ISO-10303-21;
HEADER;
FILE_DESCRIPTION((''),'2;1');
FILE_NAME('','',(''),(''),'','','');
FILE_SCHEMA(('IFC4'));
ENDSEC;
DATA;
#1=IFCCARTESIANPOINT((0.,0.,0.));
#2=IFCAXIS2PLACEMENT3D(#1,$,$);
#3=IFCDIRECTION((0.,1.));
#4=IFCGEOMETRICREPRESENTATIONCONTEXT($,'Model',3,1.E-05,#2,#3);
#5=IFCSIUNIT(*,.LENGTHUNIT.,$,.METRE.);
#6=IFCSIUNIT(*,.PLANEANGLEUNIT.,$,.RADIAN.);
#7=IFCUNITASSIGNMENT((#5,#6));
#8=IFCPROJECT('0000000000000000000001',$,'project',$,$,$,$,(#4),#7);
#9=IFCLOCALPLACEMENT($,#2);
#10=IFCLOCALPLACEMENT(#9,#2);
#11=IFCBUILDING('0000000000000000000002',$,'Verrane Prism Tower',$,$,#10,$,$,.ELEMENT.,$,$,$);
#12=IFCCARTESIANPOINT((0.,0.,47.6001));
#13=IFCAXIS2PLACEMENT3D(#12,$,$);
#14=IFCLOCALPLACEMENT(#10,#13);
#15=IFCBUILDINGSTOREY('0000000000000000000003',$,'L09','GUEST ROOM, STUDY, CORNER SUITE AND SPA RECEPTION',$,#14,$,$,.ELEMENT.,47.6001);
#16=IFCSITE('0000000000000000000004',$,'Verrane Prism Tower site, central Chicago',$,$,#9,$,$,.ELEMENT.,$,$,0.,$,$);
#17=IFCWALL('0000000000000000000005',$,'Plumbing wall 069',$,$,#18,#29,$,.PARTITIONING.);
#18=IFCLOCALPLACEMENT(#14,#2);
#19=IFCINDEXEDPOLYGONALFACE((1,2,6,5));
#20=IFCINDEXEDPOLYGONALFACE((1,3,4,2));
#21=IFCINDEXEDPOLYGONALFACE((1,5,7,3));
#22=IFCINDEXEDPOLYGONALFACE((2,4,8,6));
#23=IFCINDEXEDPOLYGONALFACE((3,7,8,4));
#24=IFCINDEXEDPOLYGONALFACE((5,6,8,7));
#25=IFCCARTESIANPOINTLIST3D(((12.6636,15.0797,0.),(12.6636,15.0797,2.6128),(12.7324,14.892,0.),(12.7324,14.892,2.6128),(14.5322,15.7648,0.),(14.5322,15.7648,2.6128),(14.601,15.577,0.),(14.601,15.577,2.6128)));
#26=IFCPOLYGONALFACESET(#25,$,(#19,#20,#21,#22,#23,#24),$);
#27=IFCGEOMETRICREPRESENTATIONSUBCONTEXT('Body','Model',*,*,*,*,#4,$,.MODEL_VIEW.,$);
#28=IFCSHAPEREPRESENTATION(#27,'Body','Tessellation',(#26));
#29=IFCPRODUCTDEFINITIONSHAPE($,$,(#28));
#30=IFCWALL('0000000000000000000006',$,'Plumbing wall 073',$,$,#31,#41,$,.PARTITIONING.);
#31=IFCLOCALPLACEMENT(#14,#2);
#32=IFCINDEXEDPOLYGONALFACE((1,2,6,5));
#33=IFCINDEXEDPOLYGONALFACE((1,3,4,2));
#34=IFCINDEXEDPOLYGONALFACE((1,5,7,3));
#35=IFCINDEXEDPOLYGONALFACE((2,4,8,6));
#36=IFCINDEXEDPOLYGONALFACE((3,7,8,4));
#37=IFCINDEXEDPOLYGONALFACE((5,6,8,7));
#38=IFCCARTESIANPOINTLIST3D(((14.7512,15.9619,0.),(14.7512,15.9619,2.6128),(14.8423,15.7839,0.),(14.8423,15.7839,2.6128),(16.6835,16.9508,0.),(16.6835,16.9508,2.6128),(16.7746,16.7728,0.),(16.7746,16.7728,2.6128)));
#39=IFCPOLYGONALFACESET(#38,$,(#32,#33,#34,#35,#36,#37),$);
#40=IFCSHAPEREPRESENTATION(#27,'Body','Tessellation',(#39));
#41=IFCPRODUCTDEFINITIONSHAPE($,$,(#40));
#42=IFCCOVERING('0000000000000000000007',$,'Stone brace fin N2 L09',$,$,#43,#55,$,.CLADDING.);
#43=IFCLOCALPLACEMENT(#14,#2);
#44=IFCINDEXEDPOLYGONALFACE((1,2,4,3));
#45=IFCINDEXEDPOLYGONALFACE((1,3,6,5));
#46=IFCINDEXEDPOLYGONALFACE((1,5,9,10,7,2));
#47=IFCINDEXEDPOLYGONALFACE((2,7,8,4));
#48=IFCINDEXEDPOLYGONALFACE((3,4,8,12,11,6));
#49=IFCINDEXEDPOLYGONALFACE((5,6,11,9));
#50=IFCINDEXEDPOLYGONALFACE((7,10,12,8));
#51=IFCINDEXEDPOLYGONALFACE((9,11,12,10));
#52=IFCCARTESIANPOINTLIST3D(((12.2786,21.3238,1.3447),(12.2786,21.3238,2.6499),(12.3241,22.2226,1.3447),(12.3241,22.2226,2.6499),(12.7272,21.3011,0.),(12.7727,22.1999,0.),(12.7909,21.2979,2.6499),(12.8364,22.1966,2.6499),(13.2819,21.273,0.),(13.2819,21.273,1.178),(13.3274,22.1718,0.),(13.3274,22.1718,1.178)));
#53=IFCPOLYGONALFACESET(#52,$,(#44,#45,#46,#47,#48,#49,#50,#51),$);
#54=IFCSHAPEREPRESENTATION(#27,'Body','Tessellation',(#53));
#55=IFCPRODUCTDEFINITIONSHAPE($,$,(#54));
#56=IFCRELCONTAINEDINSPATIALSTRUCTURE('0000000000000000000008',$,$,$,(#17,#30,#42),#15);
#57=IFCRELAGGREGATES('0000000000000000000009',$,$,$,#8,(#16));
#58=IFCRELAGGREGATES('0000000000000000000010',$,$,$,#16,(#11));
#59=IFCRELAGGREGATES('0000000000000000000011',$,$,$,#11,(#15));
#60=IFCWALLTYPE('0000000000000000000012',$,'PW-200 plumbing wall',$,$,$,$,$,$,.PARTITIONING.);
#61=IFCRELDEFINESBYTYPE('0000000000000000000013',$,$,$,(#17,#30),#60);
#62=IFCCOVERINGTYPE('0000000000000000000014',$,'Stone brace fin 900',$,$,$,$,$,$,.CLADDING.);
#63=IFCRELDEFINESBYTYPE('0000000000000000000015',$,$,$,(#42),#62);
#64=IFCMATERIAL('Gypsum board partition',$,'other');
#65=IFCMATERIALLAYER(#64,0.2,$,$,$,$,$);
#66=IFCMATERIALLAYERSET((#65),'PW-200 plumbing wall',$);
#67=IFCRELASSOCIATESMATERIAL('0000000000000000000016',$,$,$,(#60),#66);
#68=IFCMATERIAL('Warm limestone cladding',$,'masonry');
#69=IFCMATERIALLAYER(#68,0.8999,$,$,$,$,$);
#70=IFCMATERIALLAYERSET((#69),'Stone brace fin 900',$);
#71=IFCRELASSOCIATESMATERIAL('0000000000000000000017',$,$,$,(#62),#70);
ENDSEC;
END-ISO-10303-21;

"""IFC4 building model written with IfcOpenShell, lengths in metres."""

from ifc_helpers import new_model, si_unit, direction, frame, frame_2d, origin, place, context, subcontext, project, spatial, polyline, rectangle, outline, extrude, material, layer, layer_set, type_object, element, save


model = new_model("IFC4")

# Units and contexts
model_context = context("Model", 3, precision=1e-05, world=origin(), true_north=direction((0.0, 1.0)))
body_context = subcontext(model_context, "Body", "Model", "MODEL_VIEW")
ifc_project = project(units=[si_unit("LENGTHUNIT", "METRE"), si_unit("PLANEANGLEUNIT", "RADIAN")], contexts=[model_context])

# Site, building, storey
site_placement = place(None, origin())
site = spatial("IfcSite", under=ifc_project, at=site_placement, Name="Verrane Prism Tower site, central Chicago", CompositionType="ELEMENT", RefElevation=0.0)
building_placement = place(site_placement, origin())
building = spatial("IfcBuilding", under=site, at=building_placement, Name="Verrane Prism Tower", CompositionType="ELEMENT")
storey_placement = place(building_placement, frame((0.0, 0.0, 47.6001)))
storey = spatial("IfcBuildingStorey", under=building, at=storey_placement, Name="L09", Description="GUEST ROOM, STUDY, CORNER SUITE AND SPA RECEPTION", CompositionType="ELEMENT", Elevation=47.6001)

# Shared definitions
ifc_material_1 = material(Name="Gypsum board partition", Category="other")
ifc_layer_1 = layer(ifc_material_1, 0.2)
ifc_layer_set_1 = layer_set([ifc_layer_1], Name="PW-200 plumbing wall")
wall_type_1 = type_object("IfcWallType", Name="PW-200 plumbing wall", PredefinedType="PARTITIONING", material=ifc_layer_set_1)

# Walls
wall_1_placement = place(storey_placement, frame((12.698, 14.9858, 0.0), z_axis=(0.0, 0.0, 1.0), x_axis=(0.938895, 0.344204, 0.0)))
element("IfcWall", 1, at=wall_1_placement, inside=storey, type_object=wall_type_1, Name="Plumbing wall 069", PredefinedType="PARTITIONING", context=body_context, shape_type="SweptSolid", body=[
    extrude(rectangle(XDim=1.9902, YDim=0.2, at=frame_2d((0.9951, 0.0))), origin(), (0.0, 0.0, 1.0), 2.6128),
])
wall_2_placement = place(storey_placement, frame((14.7966, 15.8728, 0.0), z_axis=(0.0, 0.0, 1.0), x_axis=(0.890181, 0.455606, 0.0)))
element("IfcWall", 2, at=wall_2_placement, inside=storey, type_object=wall_type_1, Name="Plumbing wall 073", PredefinedType="PARTITIONING", context=body_context, shape_type="SweptSolid", body=[
    extrude(rectangle(XDim=2.1707, YDim=0.2, at=frame_2d((1.0854, 0.0))), origin(), (0.0, 0.0, 1.0), 2.6128),
])

# Covering
ifc_material_2 = material(Name="Warm limestone cladding", Category="masonry")
ifc_layer_2 = layer(ifc_material_2, 0.8999)
ifc_layer_set_2 = layer_set([ifc_layer_2], Name="Stone brace fin 900")
covering_type = type_object("IfcCoveringType", Name="Stone brace fin 900", PredefinedType="CLADDING", material=ifc_layer_set_2)
covering_placement = place(storey_placement, frame((13.3047, 21.7224, 0.0), z_axis=(0.0, 0.0, 1.0), x_axis=(-0.998721, 0.050556, 0.0)))
element("IfcCovering", 3, at=covering_placement, inside=storey, type_object=covering_type, Name="Stone brace fin N2 L09", PredefinedType="CLADDING", context=body_context, shape_type="SweptSolid", body=[
    extrude(outline(polyline([(1.0046, 2.6499), (0.4917, 2.6499), (0.0, 1.178), (0.0, 0.0), (0.5554, 0.0), (1.0046, 1.3447), (1.0046, 2.6499)])), frame((0.0, 0.45, 0.0), z_axis=(0.0, -1.0, 0.0), x_axis=(1.0, 0.0, 0.0)), (0.0, 0.0, 1.0), 0.8999),
])

save(model, "model.ifc")
